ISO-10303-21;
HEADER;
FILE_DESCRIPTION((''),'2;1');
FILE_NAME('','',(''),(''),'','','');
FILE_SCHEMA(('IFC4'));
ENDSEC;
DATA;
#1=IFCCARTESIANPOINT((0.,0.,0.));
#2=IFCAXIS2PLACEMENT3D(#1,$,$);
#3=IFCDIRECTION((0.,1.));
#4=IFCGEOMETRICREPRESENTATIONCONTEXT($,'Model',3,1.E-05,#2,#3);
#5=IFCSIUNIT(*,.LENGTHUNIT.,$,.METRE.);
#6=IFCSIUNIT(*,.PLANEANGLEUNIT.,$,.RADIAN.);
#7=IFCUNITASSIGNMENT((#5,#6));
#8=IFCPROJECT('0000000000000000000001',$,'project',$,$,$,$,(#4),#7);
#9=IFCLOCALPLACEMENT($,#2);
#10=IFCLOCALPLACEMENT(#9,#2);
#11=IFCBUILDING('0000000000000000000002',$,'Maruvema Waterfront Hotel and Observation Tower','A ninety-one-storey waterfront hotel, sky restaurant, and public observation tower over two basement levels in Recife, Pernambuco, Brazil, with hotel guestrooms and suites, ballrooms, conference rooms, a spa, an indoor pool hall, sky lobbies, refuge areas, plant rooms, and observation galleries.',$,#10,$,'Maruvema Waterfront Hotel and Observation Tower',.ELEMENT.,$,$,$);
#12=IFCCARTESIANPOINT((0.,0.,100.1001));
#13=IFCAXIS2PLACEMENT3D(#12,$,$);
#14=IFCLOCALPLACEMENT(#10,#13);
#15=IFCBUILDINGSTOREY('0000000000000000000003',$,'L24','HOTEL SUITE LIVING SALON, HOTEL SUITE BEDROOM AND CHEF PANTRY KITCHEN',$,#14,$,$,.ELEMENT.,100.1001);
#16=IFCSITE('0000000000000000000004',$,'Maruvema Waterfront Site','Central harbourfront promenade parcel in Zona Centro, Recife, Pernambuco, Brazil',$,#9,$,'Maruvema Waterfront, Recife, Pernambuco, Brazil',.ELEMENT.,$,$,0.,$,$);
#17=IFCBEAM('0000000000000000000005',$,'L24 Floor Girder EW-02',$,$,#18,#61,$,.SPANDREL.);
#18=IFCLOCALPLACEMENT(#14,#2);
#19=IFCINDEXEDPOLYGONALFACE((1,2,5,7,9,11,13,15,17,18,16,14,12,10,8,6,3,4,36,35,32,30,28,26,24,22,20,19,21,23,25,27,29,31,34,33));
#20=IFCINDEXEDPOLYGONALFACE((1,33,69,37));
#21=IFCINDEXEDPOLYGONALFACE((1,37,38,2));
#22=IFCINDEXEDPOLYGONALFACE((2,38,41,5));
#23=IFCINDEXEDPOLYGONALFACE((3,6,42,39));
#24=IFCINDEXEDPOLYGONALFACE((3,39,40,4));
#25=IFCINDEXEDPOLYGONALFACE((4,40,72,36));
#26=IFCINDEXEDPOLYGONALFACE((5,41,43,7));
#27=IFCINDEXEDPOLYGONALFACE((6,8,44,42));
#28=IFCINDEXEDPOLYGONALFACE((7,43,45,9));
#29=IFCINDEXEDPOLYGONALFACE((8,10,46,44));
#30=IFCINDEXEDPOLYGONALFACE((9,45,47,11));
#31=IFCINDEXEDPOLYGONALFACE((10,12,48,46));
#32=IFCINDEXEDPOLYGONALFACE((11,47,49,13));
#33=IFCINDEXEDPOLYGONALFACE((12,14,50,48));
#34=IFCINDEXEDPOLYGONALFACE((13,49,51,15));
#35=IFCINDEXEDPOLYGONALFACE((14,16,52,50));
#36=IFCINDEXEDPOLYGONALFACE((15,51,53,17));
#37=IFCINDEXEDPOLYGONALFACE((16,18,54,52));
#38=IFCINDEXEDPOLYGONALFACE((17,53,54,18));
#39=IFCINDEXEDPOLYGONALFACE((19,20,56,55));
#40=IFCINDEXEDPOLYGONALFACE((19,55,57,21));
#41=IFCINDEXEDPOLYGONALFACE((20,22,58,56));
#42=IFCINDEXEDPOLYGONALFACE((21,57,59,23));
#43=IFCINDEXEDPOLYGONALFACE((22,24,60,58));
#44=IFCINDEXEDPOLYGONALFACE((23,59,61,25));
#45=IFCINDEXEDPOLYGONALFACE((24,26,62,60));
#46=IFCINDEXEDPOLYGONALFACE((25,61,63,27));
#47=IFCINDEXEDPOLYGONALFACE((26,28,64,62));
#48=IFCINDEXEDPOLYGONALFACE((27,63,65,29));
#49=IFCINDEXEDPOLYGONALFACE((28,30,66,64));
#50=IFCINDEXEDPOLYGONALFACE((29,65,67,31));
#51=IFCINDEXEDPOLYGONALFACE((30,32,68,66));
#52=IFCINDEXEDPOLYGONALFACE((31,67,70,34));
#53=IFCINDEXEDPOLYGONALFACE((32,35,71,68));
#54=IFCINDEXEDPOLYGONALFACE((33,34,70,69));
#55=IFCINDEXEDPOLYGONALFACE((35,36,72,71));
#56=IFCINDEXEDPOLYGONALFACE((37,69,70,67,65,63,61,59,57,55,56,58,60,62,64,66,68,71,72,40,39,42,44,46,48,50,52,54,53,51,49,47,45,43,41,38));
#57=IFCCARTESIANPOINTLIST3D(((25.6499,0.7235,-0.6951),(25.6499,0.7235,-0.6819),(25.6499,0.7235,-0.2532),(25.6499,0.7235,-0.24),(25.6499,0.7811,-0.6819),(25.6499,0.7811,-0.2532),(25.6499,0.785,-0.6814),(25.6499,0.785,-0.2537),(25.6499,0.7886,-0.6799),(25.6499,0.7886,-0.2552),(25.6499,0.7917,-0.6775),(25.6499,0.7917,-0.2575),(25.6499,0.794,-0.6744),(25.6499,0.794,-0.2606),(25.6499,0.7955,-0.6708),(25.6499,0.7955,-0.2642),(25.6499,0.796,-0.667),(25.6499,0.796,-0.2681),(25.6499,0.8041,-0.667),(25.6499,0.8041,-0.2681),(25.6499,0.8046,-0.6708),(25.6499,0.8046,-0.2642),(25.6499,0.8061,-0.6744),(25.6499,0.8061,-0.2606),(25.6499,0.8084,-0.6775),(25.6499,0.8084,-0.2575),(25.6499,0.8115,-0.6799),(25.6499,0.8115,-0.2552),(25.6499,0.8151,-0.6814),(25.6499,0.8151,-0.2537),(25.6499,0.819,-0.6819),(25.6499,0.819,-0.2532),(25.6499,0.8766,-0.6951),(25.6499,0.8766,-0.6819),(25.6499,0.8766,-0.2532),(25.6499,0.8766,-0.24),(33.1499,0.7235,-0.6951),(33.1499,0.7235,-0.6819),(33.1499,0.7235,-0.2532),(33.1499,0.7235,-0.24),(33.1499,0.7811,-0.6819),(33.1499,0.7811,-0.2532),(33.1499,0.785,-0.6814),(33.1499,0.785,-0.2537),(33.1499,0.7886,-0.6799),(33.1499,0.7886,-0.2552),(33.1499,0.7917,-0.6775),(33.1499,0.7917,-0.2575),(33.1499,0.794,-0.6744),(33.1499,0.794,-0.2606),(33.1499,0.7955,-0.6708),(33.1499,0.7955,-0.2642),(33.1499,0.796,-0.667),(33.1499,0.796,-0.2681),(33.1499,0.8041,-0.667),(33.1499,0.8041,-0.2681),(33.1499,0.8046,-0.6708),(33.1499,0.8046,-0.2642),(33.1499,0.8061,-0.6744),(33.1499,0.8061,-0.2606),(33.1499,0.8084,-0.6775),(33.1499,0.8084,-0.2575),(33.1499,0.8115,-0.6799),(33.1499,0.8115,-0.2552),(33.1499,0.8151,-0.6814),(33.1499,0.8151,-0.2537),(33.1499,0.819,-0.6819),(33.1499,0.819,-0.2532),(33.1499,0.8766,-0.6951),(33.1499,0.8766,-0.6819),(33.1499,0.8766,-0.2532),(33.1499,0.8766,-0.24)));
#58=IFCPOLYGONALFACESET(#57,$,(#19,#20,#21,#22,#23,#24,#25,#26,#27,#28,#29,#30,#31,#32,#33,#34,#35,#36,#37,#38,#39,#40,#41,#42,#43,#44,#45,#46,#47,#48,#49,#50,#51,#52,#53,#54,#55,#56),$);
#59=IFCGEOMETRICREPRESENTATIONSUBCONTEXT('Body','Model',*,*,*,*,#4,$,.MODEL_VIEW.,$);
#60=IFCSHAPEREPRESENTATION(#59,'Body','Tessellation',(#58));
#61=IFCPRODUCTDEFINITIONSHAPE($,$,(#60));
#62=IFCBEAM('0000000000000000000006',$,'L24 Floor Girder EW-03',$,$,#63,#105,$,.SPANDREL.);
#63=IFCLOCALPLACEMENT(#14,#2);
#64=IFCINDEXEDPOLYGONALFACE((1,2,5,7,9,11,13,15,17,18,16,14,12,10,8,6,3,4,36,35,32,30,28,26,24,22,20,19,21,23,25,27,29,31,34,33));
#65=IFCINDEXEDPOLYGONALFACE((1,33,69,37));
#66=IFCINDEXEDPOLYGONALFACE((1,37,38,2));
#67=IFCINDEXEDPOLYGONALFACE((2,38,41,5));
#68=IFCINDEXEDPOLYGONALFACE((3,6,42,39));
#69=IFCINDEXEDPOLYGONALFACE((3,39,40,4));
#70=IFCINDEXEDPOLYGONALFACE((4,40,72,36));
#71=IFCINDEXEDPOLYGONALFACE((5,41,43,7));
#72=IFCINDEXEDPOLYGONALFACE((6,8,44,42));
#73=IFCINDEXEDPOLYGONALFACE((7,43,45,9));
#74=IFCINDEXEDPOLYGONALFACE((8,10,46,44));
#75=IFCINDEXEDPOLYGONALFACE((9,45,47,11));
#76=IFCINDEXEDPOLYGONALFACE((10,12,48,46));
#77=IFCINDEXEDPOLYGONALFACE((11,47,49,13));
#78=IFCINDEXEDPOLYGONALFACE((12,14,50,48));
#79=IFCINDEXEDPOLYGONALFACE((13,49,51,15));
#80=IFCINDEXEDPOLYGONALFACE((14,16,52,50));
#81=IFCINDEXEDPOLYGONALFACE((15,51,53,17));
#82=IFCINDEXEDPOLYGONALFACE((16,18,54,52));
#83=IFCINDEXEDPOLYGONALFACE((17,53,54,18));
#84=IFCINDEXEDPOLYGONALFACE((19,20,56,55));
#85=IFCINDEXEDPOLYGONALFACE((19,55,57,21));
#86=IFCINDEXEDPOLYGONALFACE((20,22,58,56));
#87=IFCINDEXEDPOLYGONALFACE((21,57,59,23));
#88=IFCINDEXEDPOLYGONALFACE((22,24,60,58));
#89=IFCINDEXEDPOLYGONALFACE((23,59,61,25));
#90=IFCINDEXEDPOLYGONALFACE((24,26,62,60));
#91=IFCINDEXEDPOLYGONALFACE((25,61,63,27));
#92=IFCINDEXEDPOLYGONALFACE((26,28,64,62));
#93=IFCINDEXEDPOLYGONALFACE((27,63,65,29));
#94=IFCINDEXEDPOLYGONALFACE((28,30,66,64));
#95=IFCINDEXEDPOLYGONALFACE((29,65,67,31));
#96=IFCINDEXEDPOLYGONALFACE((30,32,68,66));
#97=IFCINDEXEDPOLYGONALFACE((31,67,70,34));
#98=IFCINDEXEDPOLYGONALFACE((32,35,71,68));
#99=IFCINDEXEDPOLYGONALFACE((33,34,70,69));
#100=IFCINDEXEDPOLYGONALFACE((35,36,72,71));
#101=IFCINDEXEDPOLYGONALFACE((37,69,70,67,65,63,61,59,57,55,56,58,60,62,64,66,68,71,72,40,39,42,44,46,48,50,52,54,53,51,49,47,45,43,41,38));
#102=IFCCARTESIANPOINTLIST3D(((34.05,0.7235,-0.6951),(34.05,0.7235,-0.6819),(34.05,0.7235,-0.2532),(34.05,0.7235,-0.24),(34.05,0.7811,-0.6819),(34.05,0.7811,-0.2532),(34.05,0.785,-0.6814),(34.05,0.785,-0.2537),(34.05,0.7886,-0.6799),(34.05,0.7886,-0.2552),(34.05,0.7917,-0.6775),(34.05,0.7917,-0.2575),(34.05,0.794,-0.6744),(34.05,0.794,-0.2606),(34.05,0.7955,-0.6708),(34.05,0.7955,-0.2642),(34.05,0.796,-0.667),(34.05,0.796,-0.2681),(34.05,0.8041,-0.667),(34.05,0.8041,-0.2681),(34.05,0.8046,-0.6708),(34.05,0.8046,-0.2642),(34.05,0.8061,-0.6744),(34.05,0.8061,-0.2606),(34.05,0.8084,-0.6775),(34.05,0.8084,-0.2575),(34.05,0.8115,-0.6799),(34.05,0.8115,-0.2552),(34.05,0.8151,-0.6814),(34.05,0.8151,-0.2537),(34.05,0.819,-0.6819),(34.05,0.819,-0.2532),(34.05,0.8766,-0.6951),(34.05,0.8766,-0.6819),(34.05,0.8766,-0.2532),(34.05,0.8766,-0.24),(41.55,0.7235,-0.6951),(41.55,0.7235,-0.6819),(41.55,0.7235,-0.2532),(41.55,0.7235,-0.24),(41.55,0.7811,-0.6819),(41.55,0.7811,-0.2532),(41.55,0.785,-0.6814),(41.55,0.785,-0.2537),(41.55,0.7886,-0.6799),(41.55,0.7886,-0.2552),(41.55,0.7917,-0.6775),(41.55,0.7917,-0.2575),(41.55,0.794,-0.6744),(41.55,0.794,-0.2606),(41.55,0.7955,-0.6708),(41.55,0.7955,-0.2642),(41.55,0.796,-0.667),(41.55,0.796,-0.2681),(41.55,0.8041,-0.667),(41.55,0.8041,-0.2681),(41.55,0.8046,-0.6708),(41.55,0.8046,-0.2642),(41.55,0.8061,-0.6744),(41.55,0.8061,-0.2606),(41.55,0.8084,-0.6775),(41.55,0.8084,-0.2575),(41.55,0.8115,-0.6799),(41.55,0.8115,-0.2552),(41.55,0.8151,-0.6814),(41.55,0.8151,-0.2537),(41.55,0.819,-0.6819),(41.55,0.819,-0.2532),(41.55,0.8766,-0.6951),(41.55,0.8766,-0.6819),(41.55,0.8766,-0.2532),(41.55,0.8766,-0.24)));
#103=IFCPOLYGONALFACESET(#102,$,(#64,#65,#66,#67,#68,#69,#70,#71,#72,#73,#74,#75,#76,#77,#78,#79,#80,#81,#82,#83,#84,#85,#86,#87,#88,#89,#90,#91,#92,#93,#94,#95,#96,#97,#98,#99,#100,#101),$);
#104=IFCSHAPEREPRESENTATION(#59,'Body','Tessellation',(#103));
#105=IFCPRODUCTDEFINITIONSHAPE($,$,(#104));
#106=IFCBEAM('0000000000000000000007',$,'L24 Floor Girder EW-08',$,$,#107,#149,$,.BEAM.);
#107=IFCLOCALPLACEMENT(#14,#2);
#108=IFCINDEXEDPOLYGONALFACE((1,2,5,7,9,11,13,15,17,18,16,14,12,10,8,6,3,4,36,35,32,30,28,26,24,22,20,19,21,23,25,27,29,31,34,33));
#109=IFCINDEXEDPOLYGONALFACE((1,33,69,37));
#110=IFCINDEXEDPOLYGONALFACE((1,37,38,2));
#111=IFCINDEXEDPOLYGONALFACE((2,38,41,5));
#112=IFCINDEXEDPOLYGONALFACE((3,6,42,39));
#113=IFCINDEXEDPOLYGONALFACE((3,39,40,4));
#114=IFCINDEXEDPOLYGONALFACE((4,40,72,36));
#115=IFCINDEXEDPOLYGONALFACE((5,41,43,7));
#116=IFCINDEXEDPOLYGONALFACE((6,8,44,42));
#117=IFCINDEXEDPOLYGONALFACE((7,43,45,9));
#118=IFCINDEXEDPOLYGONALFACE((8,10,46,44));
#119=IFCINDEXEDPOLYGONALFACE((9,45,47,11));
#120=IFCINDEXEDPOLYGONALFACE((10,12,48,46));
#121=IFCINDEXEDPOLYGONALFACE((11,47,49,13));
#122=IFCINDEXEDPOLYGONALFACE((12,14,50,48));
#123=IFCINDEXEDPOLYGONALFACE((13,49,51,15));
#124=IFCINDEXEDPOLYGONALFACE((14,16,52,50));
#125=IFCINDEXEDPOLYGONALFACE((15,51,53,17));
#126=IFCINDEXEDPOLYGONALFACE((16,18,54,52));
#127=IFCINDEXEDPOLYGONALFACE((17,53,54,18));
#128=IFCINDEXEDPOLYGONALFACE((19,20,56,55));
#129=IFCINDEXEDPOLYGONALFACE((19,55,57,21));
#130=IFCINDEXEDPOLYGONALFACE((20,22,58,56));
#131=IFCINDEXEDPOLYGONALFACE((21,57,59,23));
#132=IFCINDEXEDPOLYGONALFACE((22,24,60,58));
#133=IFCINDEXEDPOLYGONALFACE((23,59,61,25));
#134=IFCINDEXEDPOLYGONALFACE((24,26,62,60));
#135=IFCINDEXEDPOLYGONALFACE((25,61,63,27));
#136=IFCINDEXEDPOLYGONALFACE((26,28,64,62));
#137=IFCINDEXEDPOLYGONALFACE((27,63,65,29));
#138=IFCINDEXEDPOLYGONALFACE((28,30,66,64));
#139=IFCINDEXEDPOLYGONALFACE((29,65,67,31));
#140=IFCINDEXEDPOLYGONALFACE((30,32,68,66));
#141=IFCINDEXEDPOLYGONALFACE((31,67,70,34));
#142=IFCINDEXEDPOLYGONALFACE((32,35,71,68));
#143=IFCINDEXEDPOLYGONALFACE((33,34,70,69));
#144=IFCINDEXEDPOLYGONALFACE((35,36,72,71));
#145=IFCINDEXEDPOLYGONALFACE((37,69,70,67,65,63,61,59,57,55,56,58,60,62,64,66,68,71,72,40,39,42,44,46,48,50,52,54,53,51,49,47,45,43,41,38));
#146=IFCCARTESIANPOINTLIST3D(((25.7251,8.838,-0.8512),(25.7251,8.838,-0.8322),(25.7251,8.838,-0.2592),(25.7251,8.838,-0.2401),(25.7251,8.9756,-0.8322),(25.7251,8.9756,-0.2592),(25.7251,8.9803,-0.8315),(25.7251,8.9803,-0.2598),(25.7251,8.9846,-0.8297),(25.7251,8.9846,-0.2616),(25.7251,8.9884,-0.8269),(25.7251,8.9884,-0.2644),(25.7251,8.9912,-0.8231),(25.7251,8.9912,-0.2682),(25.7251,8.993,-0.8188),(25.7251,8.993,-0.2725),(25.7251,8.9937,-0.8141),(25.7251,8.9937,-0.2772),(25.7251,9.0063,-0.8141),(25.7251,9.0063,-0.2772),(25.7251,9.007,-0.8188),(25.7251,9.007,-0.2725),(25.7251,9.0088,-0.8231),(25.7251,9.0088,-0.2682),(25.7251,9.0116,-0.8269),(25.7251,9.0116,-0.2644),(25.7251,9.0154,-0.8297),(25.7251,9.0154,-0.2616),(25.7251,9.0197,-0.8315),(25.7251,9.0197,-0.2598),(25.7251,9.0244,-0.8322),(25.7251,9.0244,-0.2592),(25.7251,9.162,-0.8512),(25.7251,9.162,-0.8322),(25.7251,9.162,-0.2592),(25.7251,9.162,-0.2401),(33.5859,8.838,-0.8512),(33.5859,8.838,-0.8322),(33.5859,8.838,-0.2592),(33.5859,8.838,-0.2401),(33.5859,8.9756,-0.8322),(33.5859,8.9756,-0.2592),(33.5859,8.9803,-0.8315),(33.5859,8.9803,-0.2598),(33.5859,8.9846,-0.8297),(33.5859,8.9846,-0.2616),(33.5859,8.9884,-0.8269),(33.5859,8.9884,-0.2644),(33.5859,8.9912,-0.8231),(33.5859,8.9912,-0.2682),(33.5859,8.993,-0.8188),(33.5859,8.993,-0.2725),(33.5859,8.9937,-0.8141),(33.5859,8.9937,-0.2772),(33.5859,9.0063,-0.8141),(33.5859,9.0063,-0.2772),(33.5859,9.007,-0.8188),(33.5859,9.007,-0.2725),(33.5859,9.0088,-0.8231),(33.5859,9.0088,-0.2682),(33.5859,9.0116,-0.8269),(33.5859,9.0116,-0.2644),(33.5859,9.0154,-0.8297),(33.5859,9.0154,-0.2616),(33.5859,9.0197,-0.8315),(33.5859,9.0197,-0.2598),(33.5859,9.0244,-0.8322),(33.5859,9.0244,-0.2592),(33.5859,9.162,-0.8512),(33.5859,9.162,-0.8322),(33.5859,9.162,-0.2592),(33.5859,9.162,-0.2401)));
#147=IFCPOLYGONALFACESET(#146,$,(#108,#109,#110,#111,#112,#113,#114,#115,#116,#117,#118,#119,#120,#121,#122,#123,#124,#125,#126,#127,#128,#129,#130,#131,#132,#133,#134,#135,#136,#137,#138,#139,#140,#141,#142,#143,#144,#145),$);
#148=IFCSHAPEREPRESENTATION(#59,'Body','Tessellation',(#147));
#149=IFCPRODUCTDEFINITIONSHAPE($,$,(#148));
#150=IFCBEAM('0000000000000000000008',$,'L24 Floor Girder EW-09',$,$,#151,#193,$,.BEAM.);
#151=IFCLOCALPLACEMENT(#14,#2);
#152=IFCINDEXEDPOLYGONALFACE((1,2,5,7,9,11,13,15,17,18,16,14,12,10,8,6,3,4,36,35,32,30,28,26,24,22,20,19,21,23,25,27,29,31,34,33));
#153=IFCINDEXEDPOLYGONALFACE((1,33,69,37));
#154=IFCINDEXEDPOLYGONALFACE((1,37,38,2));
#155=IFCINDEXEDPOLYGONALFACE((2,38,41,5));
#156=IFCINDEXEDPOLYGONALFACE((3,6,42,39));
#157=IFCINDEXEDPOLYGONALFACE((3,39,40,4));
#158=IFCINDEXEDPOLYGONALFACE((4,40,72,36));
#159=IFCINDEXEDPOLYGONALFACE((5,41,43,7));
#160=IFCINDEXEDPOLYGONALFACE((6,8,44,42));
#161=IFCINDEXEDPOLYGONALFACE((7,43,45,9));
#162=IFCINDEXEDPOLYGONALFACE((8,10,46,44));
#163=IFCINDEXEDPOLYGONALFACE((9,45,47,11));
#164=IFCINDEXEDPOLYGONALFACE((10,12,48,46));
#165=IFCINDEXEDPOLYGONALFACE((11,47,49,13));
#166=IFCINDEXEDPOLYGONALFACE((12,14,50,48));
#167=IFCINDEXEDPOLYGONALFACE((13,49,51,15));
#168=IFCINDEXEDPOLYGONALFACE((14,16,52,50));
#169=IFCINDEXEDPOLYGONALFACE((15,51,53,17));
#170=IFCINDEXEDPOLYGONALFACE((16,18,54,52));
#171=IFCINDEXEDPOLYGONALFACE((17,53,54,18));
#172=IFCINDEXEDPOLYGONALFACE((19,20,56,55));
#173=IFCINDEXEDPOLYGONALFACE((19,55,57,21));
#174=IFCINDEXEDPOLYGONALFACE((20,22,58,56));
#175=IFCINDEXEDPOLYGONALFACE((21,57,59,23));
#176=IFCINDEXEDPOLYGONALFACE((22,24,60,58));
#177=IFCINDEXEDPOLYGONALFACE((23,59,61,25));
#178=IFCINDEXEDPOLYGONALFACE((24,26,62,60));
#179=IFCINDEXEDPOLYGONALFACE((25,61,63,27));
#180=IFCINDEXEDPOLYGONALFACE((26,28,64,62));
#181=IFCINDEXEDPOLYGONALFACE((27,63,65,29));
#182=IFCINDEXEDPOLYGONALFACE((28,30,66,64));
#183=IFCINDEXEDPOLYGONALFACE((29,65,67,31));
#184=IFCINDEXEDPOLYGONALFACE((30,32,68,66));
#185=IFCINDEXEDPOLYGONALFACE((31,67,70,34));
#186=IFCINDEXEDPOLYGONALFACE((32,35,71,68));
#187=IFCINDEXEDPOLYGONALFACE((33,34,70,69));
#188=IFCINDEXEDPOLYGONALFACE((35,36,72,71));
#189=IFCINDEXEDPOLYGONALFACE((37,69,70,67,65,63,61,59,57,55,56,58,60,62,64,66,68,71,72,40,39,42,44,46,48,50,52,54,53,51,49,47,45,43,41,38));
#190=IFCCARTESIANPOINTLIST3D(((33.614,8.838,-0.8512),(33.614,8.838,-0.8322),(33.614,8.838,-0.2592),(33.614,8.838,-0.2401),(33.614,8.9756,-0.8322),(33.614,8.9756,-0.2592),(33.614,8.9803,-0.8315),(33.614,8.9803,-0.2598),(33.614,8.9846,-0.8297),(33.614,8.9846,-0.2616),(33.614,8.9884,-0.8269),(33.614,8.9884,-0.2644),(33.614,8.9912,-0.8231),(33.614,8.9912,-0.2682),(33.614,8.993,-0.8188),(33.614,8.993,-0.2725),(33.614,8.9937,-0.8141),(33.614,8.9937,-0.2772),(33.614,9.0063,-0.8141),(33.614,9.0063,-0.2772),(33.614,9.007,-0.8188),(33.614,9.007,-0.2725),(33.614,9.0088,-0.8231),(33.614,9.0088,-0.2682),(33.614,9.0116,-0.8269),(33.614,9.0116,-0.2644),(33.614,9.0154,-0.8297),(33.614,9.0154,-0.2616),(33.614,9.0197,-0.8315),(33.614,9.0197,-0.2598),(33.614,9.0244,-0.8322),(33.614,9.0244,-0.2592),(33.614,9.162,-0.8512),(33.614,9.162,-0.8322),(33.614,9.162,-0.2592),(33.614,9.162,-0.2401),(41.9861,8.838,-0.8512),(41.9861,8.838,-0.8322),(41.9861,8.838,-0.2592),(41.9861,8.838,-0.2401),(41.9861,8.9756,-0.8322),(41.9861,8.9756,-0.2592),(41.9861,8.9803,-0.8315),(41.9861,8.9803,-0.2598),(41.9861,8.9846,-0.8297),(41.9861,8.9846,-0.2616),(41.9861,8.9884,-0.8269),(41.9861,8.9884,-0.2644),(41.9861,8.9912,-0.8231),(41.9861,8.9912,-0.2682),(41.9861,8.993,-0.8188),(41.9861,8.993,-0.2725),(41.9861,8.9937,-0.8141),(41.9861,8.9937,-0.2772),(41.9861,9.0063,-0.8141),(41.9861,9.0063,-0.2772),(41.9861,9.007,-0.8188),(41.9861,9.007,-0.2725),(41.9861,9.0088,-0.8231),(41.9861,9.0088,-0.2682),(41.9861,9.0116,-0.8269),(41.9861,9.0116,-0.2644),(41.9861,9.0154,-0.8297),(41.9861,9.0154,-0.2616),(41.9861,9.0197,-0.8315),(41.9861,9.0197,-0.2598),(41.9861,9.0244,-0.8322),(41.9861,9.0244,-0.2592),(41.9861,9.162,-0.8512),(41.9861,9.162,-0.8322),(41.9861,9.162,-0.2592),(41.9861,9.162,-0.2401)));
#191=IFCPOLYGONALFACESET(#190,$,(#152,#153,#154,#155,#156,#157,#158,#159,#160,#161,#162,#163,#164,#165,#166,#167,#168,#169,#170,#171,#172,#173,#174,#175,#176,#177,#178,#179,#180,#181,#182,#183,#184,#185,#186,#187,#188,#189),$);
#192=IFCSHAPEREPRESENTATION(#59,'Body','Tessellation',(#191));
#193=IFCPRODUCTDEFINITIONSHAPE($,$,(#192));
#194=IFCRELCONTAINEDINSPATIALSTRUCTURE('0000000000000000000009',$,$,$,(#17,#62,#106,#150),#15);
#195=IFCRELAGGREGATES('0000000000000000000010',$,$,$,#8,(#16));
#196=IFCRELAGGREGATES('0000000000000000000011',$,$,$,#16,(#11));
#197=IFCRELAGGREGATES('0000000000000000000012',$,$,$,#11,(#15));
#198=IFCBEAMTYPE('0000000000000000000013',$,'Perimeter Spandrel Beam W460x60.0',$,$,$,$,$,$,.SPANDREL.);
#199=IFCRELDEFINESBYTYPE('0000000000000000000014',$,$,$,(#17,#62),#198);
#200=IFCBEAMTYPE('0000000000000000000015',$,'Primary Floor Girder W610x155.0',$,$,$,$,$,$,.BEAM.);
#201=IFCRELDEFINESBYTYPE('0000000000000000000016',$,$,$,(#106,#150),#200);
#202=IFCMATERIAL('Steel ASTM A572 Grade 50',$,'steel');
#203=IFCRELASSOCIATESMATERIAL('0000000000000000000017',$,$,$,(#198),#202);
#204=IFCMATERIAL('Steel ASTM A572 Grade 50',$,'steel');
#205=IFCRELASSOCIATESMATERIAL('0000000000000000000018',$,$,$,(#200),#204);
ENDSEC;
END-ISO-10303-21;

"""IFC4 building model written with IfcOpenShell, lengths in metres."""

from ifc_helpers import new_model, si_unit, direction, frame, origin, origin_2d, place, context, subcontext, project, spatial, i_section, extrude, material, material_profile, profile_set, type_object, element, save


model = new_model("IFC4")

# Units and contexts
model_context = context("Model", 3, precision=1e-05, world=origin(), true_north=direction((0.0, 1.0)))
body_context = subcontext(model_context, "Body", "Model", "MODEL_VIEW")
ifc_project = project(units=[si_unit("LENGTHUNIT", "METRE"), si_unit("PLANEANGLEUNIT", "RADIAN")], contexts=[model_context])

# Site, building, storey
site_placement = place(None, origin())
site = spatial("IfcSite", under=ifc_project, at=site_placement, Name="Maruvema Waterfront Site", Description="Central harbourfront promenade parcel in Zona Centro, Recife, Pernambuco, Brazil", LongName="Maruvema Waterfront, Recife, Pernambuco, Brazil", CompositionType="ELEMENT", RefElevation=0.0)
building_placement = place(site_placement, origin())
building = spatial("IfcBuilding", under=site, at=building_placement, Name="Maruvema Waterfront Hotel and Observation Tower", Description="A ninety-one-storey waterfront hotel, sky restaurant, and public observation tower over two basement levels in Recife, Pernambuco, Brazil, with hotel guestrooms and suites, ballrooms, conference rooms, a spa, an indoor pool hall, sky lobbies, refuge areas, plant rooms, and observation galleries.", LongName="Maruvema Waterfront Hotel and Observation Tower", CompositionType="ELEMENT")
storey_placement = place(building_placement, frame((0.0, 0.0, 100.1001)))
storey = spatial("IfcBuildingStorey", under=building, at=storey_placement, Name="L24", Description="HOTEL SUITE LIVING SALON, HOTEL SUITE BEDROOM AND CHEF PANTRY KITCHEN", CompositionType="ELEMENT", Elevation=100.1001)

# Beams
ifc_material_1 = material(Name="Steel ASTM A572 Grade 50", Category="steel")
ifc_material_profile_1 = material_profile(ifc_material_1, i_section(OverallWidth=0.1531, OverallDepth=0.4551, WebThickness=0.0081, FlangeThickness=0.0132, FilletRadius=0.0149, at=origin_2d()), Name="W460x60.0")
ifc_profile_set_1 = profile_set([ifc_material_profile_1], Name="Steel ASTM A572 Grade 50")
beam_type_1 = type_object("IfcBeamType", Name="Perimeter Spandrel Beam W460x60.0", PredefinedType="SPANDREL", material=ifc_profile_set_1)
for number, where, z_axis, x_axis, name in (
    (1, (25.6499, 0.8, -0.4675), (1.0, 0.0, 0.0), (0.0, 1.0, 0.0), "L24 Floor Girder EW-02"),
    (2, (34.05, 0.8, -0.4675), (1.0, 0.0, 0.0), (0.0, 1.0, 0.0), "L24 Floor Girder EW-03"),
):
    element("IfcBeam", number, at=place(storey_placement, frame(where, z_axis=z_axis, x_axis=x_axis)), inside=storey, type_object=beam_type_1, Name=name, PredefinedType="SPANDREL", context=body_context, shape_type="SweptSolid", body=[
        extrude(i_section(OverallWidth=0.1531, OverallDepth=0.4551, WebThickness=0.0081, FlangeThickness=0.0132, FilletRadius=0.0149, at=origin_2d()), origin(), (0.0, 0.0, 1.0), 7.5),
    ])
ifc_material_2 = material(Name="Steel ASTM A572 Grade 50", Category="steel")
ifc_material_profile_2 = material_profile(ifc_material_2, i_section(OverallWidth=0.324, OverallDepth=0.6111, WebThickness=0.0127, FlangeThickness=0.019, FilletRadius=0.0181, at=origin_2d()), Name="W610x155.0")
ifc_profile_set_2 = profile_set([ifc_material_profile_2], Name="Steel ASTM A572 Grade 50")
beam_type_2 = type_object("IfcBeamType", Name="Primary Floor Girder W610x155.0", PredefinedType="BEAM", material=ifc_profile_set_2)
beam_1_placement = place(storey_placement, frame((25.7251, 9.0, -0.5457), z_axis=(1.0, 0.0, 0.0), x_axis=(0.0, 1.0, 0.0)))
element("IfcBeam", 3, at=beam_1_placement, inside=storey, type_object=beam_type_2, Name="L24 Floor Girder EW-08", PredefinedType="BEAM", context=body_context, shape_type="SweptSolid", body=[
    extrude(i_section(OverallWidth=0.324, OverallDepth=0.6111, WebThickness=0.0127, FlangeThickness=0.019, FilletRadius=0.0181, at=origin_2d()), origin(), (0.0, 0.0, 1.0), 7.8608),
])
beam_2_placement = place(storey_placement, frame((33.614, 9.0, -0.5457), z_axis=(1.0, 0.0, 0.0), x_axis=(0.0, 1.0, 0.0)))
element("IfcBeam", 4, at=beam_2_placement, inside=storey, type_object=beam_type_2, Name="L24 Floor Girder EW-09", PredefinedType="BEAM", context=body_context, shape_type="SweptSolid", body=[
    extrude(i_section(OverallWidth=0.324, OverallDepth=0.6111, WebThickness=0.0127, FlangeThickness=0.019, FilletRadius=0.0181, at=origin_2d()), origin(), (0.0, 0.0, 1.0), 8.3721),
])

save(model, "model.ifc")
